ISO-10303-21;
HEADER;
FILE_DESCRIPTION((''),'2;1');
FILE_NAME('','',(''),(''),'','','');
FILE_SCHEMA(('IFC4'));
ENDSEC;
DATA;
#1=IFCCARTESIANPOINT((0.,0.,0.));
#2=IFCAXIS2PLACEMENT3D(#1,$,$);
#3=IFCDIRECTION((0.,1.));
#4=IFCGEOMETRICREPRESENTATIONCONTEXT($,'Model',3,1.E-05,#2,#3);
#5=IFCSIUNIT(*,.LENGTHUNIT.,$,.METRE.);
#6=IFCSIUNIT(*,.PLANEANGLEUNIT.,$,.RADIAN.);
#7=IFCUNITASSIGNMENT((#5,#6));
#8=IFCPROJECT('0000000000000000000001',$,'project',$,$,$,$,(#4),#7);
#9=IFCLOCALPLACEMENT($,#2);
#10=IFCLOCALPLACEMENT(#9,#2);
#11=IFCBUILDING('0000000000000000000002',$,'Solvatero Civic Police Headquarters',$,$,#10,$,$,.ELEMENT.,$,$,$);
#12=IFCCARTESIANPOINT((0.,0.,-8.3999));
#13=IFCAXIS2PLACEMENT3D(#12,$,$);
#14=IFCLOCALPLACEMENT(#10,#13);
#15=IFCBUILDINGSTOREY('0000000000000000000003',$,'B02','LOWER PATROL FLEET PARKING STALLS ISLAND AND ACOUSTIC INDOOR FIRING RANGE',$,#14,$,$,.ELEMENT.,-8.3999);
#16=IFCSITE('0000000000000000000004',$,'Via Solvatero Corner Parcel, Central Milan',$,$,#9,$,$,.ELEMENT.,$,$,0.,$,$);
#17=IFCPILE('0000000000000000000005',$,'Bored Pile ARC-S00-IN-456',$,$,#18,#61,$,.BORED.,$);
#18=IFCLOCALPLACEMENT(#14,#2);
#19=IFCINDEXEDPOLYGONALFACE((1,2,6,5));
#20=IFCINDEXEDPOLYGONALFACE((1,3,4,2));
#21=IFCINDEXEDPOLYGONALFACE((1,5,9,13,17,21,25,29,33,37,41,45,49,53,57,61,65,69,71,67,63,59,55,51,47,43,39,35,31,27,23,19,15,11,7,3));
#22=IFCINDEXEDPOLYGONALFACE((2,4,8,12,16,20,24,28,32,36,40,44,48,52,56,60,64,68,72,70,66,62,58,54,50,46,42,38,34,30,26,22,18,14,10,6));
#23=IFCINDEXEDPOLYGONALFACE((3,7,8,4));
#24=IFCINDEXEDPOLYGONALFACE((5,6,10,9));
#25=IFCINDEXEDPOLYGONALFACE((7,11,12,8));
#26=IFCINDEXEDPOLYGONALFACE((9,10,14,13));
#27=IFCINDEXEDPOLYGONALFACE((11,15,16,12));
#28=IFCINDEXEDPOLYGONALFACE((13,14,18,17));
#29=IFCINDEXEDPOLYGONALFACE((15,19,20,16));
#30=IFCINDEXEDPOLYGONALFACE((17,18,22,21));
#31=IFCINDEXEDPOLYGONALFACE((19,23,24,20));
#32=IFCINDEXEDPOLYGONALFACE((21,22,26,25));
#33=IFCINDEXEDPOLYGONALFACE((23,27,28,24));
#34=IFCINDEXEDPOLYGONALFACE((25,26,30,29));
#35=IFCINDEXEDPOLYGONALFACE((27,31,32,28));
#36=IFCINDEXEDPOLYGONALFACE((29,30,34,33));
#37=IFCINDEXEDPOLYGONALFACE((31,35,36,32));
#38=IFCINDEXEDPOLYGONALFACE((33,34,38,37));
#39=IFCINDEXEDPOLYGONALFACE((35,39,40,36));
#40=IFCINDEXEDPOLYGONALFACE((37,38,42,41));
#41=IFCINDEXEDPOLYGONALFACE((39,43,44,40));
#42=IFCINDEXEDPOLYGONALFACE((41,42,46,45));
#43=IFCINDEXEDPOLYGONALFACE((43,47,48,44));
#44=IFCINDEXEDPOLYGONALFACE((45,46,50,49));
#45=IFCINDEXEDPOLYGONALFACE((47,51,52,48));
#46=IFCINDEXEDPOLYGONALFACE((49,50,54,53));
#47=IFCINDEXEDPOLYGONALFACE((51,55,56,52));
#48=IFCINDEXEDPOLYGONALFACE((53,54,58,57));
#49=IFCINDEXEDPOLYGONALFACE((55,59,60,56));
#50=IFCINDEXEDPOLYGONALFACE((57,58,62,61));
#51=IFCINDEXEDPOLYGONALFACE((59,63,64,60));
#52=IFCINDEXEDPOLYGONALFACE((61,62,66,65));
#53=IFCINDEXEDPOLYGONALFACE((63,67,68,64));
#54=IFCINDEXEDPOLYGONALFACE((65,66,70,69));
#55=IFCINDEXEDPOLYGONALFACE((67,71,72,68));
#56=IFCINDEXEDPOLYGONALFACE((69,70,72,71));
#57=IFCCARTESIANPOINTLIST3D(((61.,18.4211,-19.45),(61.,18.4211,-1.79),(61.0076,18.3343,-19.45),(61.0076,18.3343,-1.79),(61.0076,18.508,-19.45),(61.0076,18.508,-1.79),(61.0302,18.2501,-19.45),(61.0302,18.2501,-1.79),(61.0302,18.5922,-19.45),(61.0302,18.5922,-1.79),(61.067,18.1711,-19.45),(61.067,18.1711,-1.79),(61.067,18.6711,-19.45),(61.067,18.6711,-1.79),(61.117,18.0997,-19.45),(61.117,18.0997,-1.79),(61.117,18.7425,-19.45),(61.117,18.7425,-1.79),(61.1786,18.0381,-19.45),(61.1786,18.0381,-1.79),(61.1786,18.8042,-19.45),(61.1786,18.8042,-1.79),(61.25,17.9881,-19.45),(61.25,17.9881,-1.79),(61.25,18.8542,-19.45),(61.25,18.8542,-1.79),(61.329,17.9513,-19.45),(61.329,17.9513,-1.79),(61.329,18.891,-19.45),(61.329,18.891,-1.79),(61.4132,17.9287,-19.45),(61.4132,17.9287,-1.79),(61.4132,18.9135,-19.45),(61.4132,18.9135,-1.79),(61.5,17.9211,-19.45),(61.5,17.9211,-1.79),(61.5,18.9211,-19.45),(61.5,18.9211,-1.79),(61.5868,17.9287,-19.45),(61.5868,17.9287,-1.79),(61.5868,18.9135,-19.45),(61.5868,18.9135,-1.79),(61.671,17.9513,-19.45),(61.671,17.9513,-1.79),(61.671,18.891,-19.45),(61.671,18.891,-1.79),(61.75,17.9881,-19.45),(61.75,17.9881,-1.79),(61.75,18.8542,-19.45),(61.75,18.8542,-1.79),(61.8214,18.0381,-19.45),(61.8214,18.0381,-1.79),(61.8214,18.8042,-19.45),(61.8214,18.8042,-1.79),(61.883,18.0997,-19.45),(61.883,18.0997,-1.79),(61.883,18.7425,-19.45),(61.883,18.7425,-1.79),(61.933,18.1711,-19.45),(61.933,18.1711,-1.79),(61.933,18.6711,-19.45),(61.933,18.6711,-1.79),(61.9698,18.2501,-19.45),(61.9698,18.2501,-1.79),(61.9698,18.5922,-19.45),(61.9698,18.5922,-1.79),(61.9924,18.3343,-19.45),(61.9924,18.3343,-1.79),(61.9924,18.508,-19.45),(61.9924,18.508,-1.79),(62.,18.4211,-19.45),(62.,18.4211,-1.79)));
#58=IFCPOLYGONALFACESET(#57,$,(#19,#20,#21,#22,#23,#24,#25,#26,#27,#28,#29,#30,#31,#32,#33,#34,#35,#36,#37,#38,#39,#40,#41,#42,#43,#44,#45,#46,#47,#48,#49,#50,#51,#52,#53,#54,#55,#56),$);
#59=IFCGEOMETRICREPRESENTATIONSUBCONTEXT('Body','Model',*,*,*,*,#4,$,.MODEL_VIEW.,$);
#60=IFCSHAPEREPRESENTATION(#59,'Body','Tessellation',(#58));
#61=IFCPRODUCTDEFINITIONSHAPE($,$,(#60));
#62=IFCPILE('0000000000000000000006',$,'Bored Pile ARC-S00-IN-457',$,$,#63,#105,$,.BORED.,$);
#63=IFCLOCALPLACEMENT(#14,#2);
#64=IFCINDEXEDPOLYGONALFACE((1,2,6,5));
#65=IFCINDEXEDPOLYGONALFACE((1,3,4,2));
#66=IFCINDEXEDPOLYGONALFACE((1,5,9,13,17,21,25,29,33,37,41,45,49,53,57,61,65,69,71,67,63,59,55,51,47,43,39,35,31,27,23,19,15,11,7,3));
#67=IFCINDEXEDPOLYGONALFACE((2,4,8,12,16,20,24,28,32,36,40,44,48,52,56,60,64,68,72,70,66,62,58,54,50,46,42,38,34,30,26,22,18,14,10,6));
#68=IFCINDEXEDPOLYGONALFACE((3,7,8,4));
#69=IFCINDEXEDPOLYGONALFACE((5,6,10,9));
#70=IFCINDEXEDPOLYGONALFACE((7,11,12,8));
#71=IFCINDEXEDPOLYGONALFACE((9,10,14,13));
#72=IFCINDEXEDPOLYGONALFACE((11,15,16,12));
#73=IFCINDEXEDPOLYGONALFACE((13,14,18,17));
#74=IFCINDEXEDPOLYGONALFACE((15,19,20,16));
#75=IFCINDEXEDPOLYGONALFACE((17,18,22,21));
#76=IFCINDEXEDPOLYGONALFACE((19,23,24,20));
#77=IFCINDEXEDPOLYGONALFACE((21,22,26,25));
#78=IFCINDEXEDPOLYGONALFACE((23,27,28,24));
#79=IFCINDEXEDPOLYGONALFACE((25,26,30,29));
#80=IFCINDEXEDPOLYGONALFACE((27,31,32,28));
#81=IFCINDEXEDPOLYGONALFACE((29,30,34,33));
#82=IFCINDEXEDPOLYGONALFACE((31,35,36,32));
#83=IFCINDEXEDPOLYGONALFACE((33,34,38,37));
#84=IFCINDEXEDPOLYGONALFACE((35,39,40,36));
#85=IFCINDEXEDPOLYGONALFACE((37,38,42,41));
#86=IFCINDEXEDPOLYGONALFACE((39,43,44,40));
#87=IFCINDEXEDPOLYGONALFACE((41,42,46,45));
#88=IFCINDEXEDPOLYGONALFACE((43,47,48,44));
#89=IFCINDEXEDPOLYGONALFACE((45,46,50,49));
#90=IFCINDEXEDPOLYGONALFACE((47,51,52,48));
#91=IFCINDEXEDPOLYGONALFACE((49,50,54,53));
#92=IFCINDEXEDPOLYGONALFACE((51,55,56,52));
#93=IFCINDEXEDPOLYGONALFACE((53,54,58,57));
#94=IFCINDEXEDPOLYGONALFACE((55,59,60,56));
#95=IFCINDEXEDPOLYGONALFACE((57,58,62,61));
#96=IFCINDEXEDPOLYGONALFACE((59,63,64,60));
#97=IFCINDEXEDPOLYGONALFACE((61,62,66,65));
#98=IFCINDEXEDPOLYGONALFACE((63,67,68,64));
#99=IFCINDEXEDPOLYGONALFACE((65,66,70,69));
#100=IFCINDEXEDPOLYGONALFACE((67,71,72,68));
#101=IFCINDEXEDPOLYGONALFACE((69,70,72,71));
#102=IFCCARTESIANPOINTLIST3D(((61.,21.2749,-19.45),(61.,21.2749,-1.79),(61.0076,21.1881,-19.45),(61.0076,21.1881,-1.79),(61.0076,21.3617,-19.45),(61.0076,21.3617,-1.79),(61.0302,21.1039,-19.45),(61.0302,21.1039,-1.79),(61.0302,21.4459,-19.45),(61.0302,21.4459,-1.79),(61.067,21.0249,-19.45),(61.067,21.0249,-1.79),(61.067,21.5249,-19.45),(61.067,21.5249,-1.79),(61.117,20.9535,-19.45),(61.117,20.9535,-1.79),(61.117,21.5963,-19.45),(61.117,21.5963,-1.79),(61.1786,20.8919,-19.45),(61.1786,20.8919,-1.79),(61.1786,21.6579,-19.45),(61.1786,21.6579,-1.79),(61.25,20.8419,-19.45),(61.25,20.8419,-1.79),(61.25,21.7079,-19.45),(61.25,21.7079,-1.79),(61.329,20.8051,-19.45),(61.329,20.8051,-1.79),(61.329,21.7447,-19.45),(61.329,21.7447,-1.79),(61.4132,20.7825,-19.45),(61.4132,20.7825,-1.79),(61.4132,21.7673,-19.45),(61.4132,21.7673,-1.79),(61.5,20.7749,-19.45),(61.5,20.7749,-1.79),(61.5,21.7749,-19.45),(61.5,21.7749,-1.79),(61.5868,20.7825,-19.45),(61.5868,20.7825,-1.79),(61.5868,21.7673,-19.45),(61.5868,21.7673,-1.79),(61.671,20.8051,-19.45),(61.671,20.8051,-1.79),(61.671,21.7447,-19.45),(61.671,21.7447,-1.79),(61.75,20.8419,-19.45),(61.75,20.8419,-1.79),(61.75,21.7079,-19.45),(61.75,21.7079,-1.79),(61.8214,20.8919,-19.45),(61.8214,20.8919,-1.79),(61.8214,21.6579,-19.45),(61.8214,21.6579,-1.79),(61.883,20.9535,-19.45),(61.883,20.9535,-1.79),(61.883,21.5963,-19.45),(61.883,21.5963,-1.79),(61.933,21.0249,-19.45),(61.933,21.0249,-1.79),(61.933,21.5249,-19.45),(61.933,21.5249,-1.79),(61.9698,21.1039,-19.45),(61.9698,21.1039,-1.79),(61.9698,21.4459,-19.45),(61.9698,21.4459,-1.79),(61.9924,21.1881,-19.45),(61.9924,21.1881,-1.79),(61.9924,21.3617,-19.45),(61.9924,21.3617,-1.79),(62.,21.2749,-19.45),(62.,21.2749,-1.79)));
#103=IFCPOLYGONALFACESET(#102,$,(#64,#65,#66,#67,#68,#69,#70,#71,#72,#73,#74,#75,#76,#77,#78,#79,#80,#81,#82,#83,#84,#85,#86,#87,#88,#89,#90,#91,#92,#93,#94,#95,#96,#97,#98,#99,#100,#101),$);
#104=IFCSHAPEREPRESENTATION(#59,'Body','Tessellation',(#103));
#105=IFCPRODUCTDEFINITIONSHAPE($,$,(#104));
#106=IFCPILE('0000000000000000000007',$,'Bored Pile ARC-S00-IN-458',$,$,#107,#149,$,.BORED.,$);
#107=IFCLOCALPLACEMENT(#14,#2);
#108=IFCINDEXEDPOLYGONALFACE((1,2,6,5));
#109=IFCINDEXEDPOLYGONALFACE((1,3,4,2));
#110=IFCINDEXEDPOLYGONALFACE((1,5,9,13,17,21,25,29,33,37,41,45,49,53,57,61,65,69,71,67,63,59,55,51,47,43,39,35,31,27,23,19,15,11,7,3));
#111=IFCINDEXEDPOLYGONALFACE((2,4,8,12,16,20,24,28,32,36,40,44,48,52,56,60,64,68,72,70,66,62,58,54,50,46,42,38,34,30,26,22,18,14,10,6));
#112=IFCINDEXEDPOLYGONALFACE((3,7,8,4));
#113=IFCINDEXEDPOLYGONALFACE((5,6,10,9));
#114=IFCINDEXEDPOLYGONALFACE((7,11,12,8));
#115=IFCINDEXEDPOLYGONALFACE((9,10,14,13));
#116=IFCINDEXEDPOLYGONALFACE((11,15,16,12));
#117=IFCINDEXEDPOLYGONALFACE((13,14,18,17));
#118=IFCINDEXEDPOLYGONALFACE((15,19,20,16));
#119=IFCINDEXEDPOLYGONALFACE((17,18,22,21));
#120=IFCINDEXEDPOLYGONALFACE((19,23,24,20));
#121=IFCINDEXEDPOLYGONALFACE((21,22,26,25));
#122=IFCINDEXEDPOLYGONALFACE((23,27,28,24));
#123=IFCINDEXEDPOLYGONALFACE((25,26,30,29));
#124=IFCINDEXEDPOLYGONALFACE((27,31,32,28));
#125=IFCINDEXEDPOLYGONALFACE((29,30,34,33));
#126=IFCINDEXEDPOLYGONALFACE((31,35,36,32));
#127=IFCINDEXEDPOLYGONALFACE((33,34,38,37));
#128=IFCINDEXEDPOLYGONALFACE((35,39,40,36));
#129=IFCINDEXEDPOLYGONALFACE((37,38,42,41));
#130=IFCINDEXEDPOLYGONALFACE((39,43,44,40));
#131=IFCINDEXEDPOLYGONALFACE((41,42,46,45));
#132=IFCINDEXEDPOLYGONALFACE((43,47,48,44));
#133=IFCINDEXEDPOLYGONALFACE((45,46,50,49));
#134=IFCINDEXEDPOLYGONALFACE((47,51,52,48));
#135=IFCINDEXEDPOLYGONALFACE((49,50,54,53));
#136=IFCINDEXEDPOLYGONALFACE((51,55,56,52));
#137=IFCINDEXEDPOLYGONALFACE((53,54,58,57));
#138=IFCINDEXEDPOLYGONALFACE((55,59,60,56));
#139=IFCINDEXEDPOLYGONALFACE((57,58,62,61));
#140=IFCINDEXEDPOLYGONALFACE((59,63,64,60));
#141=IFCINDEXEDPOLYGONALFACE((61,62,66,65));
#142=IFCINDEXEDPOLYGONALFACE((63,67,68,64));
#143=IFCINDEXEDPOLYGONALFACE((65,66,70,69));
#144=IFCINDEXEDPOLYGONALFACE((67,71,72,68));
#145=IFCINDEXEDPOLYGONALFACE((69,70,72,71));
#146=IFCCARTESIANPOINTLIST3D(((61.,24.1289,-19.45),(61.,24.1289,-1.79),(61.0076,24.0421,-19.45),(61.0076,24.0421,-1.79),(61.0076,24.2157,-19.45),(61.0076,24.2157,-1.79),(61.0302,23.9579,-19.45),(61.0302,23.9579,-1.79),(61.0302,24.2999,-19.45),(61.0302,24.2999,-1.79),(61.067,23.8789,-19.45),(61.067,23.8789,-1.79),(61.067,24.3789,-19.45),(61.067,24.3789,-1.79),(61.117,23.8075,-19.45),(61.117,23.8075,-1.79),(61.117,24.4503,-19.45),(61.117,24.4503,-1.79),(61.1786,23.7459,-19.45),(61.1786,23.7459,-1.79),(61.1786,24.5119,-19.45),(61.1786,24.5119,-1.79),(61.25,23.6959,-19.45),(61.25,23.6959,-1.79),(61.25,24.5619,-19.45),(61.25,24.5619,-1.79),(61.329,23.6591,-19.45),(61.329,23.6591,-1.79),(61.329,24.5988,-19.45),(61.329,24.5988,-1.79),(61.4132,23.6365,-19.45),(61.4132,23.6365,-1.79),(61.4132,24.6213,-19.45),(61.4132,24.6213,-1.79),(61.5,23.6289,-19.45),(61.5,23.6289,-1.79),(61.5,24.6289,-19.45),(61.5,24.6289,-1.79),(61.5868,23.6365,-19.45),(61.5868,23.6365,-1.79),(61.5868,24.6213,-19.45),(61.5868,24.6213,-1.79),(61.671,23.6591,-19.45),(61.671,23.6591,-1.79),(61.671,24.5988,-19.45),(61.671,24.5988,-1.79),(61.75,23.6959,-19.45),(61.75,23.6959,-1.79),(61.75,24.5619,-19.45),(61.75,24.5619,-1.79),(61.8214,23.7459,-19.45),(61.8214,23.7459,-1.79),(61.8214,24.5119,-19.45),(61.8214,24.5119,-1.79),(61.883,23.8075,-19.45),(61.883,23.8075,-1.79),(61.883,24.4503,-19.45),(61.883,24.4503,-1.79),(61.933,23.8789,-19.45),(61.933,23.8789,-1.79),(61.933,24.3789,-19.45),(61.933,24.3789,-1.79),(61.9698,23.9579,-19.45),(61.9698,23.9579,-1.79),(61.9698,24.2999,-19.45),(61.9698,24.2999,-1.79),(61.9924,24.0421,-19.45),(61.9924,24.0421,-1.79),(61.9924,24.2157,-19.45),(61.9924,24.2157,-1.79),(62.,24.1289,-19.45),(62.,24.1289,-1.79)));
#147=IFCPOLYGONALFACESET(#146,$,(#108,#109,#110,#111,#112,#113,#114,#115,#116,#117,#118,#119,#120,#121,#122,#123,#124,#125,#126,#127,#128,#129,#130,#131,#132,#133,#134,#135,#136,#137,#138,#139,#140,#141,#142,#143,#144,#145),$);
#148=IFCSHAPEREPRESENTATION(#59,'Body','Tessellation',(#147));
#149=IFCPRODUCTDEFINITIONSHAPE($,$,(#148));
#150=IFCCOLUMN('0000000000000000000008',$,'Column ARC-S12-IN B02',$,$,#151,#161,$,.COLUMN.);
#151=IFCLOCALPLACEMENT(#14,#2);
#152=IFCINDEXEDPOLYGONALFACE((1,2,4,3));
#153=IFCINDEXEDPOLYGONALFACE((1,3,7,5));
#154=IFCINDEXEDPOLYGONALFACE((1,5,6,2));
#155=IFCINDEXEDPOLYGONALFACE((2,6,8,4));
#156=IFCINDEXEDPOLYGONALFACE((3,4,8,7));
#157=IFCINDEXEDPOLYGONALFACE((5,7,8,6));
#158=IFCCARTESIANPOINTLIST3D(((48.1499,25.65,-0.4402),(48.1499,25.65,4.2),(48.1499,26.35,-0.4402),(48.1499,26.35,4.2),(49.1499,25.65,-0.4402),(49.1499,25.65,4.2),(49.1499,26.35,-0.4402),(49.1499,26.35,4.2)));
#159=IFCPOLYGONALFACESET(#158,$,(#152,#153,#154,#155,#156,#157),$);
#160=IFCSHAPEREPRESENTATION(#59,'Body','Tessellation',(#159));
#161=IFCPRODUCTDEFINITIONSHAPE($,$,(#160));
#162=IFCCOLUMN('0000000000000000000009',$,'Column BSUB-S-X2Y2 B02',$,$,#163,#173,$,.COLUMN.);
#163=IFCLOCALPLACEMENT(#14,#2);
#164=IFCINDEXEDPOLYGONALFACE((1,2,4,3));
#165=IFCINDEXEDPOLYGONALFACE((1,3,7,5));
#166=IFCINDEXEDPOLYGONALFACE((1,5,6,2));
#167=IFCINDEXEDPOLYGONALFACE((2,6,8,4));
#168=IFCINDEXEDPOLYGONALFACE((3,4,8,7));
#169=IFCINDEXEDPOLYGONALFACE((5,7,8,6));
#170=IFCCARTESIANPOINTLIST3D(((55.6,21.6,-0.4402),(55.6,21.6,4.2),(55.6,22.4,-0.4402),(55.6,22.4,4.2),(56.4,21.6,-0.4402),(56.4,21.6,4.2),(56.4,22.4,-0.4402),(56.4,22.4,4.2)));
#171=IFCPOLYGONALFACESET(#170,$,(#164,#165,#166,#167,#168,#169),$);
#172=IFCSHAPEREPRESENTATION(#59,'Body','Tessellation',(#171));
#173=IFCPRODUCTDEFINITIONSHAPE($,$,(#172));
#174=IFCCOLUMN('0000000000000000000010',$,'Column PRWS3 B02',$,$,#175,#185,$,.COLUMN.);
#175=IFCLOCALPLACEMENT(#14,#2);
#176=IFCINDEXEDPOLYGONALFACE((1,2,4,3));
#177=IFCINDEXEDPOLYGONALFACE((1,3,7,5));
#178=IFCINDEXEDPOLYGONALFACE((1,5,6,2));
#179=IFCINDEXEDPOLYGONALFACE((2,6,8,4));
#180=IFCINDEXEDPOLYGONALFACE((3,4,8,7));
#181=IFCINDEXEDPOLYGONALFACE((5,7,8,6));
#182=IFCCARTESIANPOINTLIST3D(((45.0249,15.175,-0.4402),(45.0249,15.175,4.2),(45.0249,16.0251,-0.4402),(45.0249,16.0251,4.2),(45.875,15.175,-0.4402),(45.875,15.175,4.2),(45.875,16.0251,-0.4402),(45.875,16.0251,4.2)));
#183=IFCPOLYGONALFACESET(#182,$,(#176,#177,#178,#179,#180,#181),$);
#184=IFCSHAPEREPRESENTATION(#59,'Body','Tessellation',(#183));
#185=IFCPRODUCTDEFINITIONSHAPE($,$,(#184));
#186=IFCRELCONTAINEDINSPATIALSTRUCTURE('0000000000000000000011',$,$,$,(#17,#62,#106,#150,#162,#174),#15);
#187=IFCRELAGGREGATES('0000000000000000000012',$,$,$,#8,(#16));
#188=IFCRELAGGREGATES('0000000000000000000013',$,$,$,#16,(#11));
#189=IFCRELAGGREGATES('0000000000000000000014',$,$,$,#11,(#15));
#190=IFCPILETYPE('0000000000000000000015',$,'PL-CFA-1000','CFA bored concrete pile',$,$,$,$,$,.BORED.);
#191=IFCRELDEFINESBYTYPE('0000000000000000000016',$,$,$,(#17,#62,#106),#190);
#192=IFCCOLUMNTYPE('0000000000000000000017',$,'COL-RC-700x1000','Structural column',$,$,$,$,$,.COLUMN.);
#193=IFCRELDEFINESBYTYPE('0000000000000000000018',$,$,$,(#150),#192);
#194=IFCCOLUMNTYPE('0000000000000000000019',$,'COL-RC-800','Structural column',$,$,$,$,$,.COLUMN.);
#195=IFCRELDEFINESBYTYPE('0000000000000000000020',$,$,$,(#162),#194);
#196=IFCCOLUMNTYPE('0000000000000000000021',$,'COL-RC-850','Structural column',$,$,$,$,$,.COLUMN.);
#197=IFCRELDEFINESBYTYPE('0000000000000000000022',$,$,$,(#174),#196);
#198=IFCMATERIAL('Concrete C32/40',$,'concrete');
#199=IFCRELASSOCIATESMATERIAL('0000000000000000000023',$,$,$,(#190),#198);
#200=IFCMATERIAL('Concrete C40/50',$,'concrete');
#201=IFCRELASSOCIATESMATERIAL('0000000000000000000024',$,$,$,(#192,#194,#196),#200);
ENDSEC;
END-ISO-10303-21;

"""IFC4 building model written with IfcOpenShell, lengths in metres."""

from ifc_helpers import new_model, si_unit, direction, frame, origin, origin_2d, place, context, subcontext, project, spatial, rectangle, circle, extrude, material, material_profile, profile_set, type_object, element, save


model = new_model("IFC4")

# Units and contexts
model_context = context("Model", 3, precision=1e-05, world=origin(), true_north=direction((0.0, 1.0)))
body_context = subcontext(model_context, "Body", "Model", "MODEL_VIEW")
ifc_project = project(units=[si_unit("LENGTHUNIT", "METRE"), si_unit("PLANEANGLEUNIT", "RADIAN")], contexts=[model_context])

# Site, building, storey
site_placement = place(None, origin())
site = spatial("IfcSite", under=ifc_project, at=site_placement, Name="Via Solvatero Corner Parcel, Central Milan", CompositionType="ELEMENT", RefElevation=0.0)
building_placement = place(site_placement, origin())
building = spatial("IfcBuilding", under=site, at=building_placement, Name="Solvatero Civic Police Headquarters", CompositionType="ELEMENT")
storey_placement = place(building_placement, frame((0.0, 0.0, -8.3999)))
storey = spatial("IfcBuildingStorey", under=building, at=storey_placement, Name="B02", Description="LOWER PATROL FLEET PARKING STALLS ISLAND AND ACOUSTIC INDOOR FIRING RANGE", CompositionType="ELEMENT", Elevation=-8.3999)

# Piles
ifc_material_1 = material(Name="Concrete C32/40", Category="concrete")
ifc_material_profile_1 = material_profile(ifc_material_1, circle(Radius=0.5, at=origin_2d()), Name="CFA PILE D1000")
ifc_profile_set_1 = profile_set([ifc_material_profile_1], Name="Concrete C32/40")
pile_type = type_object("IfcPileType", Name="PL-CFA-1000", Description="CFA bored concrete pile", PredefinedType="BORED", material=ifc_profile_set_1)
for number, where, z_axis, x_axis, name in (
    (1, (61.5, 18.4211, -1.79), (0.0, 0.0, -1.0), (1.0, 0.0, 0.0), "Bored Pile ARC-S00-IN-456"),
    (2, (61.5, 21.2749, -1.79), (0.0, 0.0, -1.0), (1.0, 0.0, 0.0), "Bored Pile ARC-S00-IN-457"),
    (3, (61.5, 24.1289, -1.79), (0.0, 0.0, -1.0), (1.0, 0.0, 0.0), "Bored Pile ARC-S00-IN-458"),
):
    element("IfcPile", number, at=place(storey_placement, frame(where, z_axis=z_axis, x_axis=x_axis)), inside=storey, type_object=pile_type, Name=name, PredefinedType="BORED", context=body_context, shape_type="SweptSolid", body=[
        extrude(circle(Radius=0.5, at=origin_2d()), origin(), (0.0, 0.0, 1.0), 17.6599),
    ])

# Columns
ifc_material_2 = material(Name="Concrete C40/50", Category="concrete")
ifc_material_profile_2 = material_profile(ifc_material_2, rectangle(XDim=0.7, YDim=1.0, at=origin_2d()), Name="RC 700x1000")
ifc_profile_set_2 = profile_set([ifc_material_profile_2], Name="Concrete C40/50")
column_type_1 = type_object("IfcColumnType", Name="COL-RC-700x1000", Description="Structural column", PredefinedType="COLUMN", material=ifc_profile_set_2)
column_1_placement = place(storey_placement, frame((48.6499, 26.0, -0.4402), z_axis=(0.0, 0.0, 1.0), x_axis=(0.0, 1.0, 0.0)))
element("IfcColumn", 4, at=column_1_placement, inside=storey, type_object=column_type_1, Name="Column ARC-S12-IN B02", PredefinedType="COLUMN", context=body_context, shape_type="SweptSolid", body=[
    extrude(rectangle(XDim=0.7, YDim=1.0, at=origin_2d()), origin(), (0.0, 0.0, 1.0), 4.6401),
])
ifc_material_profile_3 = material_profile(ifc_material_2, rectangle(XDim=0.8, YDim=0.8, at=origin_2d()), Name="RC 800x800")
ifc_profile_set_3 = profile_set([ifc_material_profile_3], Name="Concrete C40/50")
column_type_2 = type_object("IfcColumnType", Name="COL-RC-800", Description="Structural column", PredefinedType="COLUMN", material=ifc_profile_set_3)
column_2_placement = place(storey_placement, frame((56.0, 22.0, -0.4402), z_axis=(0.0, 0.0, 1.0), x_axis=(1.0, 0.0, 0.0)))
element("IfcColumn", 5, at=column_2_placement, inside=storey, type_object=column_type_2, Name="Column BSUB-S-X2Y2 B02", PredefinedType="COLUMN", context=body_context, shape_type="SweptSolid", body=[
    extrude(rectangle(XDim=0.8, YDim=0.8, at=origin_2d()), origin(), (0.0, 0.0, 1.0), 4.6401),
])
ifc_material_profile_4 = material_profile(ifc_material_2, rectangle(XDim=0.8501, YDim=0.8501, at=origin_2d()), Name="RC 850x850")
ifc_profile_set_4 = profile_set([ifc_material_profile_4], Name="Concrete C40/50")
column_type_3 = type_object("IfcColumnType", Name="COL-RC-850", Description="Structural column", PredefinedType="COLUMN", material=ifc_profile_set_4)
column_3_placement = place(storey_placement, frame((45.45, 15.6001, -0.4402), z_axis=(0.0, 0.0, 1.0), x_axis=(1.0, 0.0, 0.0)))
element("IfcColumn", 6, at=column_3_placement, inside=storey, type_object=column_type_3, Name="Column PRWS3 B02", PredefinedType="COLUMN", context=body_context, shape_type="SweptSolid", body=[
    extrude(rectangle(XDim=0.8501, YDim=0.8501, at=origin_2d()), origin(), (0.0, 0.0, 1.0), 4.6401),
])

save(model, "model.ifc")
